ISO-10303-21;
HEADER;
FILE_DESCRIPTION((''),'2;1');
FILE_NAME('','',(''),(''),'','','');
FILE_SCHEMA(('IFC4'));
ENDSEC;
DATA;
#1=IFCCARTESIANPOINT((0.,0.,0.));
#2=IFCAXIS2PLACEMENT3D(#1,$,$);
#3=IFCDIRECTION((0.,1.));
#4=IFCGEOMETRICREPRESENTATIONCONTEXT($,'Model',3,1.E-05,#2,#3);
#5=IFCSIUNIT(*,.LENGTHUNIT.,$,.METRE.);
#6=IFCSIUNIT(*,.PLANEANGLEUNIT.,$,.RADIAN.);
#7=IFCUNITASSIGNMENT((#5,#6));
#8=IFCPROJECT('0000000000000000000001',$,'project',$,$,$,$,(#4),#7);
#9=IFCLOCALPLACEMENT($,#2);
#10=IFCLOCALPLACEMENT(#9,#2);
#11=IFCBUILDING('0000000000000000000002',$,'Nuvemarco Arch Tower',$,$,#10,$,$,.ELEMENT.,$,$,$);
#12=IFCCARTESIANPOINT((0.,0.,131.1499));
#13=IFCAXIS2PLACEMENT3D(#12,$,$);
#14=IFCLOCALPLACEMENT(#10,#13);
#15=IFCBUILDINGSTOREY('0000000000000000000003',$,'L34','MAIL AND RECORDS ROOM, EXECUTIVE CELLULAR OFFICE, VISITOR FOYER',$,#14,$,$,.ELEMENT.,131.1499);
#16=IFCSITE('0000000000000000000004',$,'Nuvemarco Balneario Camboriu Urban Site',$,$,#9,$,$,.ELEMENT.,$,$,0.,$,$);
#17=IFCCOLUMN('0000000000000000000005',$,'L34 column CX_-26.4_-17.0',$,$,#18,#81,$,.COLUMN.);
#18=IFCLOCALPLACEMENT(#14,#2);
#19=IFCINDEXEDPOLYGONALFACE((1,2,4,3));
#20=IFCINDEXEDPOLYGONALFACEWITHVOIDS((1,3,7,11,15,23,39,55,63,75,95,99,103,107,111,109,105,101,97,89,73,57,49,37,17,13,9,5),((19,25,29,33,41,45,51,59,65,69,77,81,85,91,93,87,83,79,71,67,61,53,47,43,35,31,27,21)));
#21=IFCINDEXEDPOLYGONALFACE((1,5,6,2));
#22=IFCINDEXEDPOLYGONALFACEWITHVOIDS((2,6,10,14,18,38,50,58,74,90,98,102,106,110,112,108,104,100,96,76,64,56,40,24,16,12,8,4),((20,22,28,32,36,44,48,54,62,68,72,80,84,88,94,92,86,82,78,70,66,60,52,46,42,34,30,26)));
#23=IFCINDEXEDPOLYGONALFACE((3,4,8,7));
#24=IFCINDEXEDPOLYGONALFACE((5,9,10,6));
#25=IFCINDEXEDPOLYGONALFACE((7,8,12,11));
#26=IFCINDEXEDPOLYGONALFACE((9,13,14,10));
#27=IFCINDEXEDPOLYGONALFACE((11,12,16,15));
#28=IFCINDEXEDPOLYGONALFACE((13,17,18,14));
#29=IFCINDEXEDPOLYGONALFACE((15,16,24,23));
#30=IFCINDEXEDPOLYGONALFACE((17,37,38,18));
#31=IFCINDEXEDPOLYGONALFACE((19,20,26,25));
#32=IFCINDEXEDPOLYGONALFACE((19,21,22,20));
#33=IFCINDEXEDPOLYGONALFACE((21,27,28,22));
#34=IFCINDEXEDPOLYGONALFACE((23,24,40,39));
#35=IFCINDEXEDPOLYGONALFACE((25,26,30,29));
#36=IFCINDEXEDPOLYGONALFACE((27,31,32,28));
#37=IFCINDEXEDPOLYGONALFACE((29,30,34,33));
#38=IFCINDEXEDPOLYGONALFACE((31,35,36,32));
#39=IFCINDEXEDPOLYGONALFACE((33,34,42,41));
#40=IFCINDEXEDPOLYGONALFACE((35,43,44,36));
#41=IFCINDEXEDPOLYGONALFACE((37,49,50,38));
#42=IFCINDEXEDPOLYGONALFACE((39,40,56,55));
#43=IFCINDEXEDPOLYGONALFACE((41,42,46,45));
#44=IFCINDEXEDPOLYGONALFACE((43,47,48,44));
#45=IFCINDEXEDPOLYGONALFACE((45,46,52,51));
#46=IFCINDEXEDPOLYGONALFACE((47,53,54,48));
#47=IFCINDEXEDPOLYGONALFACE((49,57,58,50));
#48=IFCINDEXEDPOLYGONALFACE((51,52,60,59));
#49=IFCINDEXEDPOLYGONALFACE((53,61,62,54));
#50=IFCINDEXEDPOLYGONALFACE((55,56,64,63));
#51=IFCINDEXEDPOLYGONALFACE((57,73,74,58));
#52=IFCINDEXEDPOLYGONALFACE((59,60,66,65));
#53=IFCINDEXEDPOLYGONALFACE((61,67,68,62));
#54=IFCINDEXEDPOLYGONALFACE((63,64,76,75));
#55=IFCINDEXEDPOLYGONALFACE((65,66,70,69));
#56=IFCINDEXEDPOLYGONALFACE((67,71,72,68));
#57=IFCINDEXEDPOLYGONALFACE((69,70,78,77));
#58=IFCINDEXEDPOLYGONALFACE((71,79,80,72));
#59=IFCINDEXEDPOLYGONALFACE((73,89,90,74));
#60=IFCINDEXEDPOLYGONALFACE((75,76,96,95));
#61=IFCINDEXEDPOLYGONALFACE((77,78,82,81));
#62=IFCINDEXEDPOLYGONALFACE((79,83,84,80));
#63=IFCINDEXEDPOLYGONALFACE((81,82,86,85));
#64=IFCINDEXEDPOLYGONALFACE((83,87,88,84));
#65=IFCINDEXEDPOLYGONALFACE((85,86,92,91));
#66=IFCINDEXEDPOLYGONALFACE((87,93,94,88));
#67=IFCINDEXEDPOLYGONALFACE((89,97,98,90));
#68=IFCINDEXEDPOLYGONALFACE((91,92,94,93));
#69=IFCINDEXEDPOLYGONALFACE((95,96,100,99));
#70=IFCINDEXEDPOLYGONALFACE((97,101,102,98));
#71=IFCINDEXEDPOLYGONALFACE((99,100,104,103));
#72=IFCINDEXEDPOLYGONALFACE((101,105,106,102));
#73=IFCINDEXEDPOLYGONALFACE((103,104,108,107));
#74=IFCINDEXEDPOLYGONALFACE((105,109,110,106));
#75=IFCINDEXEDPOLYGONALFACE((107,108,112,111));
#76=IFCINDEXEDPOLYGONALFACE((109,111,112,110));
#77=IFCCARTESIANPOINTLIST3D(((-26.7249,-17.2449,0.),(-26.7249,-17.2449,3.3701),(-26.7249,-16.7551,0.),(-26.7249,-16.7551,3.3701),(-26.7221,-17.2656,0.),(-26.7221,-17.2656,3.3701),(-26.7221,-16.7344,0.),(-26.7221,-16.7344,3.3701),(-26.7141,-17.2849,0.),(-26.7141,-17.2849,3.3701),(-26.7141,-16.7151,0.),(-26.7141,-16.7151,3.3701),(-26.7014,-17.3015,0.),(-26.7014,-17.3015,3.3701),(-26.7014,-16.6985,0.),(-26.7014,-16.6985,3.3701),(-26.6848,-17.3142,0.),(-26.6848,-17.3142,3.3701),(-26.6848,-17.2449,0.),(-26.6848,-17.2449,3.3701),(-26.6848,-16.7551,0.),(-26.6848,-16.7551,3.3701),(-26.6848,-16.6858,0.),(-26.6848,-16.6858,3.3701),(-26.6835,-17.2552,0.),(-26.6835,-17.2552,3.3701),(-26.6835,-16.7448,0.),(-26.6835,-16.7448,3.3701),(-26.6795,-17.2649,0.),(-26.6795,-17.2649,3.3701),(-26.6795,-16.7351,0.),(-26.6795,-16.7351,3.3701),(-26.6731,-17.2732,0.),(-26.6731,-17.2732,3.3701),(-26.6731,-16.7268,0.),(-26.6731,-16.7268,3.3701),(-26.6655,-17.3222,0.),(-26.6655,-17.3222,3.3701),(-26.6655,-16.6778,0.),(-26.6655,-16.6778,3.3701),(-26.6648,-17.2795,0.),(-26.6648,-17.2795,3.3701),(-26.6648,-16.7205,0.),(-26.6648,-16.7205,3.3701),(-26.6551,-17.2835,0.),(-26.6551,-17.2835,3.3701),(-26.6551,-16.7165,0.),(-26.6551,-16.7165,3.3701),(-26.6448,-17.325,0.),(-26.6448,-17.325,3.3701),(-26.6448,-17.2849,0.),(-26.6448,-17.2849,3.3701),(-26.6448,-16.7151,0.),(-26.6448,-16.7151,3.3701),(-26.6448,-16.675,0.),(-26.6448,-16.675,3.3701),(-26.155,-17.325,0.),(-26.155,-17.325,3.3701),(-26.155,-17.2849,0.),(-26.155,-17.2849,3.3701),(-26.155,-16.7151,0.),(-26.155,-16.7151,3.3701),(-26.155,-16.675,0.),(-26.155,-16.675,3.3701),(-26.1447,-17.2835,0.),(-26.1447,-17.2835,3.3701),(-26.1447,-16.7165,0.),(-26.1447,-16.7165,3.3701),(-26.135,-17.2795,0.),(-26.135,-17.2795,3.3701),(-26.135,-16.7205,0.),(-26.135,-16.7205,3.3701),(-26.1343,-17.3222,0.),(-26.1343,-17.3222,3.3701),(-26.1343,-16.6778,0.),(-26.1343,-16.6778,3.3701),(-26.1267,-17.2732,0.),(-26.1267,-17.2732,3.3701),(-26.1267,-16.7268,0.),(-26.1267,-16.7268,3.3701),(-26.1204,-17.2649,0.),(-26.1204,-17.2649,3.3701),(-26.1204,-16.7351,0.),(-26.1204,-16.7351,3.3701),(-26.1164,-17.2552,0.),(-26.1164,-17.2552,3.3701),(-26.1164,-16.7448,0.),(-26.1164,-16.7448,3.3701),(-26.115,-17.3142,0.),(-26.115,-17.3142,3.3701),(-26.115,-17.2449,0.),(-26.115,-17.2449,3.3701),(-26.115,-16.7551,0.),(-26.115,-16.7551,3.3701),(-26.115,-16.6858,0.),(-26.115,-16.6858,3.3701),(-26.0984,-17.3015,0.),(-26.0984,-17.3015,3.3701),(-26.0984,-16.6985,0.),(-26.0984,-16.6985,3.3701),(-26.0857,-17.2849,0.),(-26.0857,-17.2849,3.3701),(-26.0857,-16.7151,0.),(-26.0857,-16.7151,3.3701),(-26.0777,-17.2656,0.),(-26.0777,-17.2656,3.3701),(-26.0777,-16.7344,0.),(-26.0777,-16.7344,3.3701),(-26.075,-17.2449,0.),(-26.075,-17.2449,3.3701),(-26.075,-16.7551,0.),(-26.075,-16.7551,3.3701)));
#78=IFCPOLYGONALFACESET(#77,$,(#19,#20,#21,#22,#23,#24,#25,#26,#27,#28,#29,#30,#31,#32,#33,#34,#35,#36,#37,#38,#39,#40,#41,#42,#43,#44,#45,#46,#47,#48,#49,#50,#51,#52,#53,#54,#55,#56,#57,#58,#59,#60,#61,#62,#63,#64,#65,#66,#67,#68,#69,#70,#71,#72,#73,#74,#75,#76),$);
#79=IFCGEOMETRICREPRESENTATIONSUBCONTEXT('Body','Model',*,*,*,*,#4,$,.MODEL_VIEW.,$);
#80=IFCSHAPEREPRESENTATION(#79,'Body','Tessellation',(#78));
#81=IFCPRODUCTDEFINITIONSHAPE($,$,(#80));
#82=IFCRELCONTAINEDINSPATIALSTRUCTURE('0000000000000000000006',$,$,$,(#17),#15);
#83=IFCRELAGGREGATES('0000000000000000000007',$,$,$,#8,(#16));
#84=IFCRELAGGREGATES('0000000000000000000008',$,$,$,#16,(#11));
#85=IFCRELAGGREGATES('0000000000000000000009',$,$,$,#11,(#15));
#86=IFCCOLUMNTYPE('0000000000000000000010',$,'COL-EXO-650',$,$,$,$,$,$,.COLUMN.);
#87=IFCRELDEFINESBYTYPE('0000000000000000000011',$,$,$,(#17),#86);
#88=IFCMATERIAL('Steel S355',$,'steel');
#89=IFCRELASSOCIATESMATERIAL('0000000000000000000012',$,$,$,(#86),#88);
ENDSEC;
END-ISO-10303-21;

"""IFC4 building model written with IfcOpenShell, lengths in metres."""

from ifc_helpers import new_model, si_unit, direction, frame, origin, origin_2d, place, context, subcontext, project, spatial, hollow_rectangle, extrude, material, material_profile, profile_set, type_object, element, save


model = new_model("IFC4")

# Units and contexts
model_context = context("Model", 3, precision=1e-05, world=origin(), true_north=direction((0.0, 1.0)))
body_context = subcontext(model_context, "Body", "Model", "MODEL_VIEW")
ifc_project = project(units=[si_unit("LENGTHUNIT", "METRE"), si_unit("PLANEANGLEUNIT", "RADIAN")], contexts=[model_context])

# Site, building, storey
site_placement = place(None, origin())
site = spatial("IfcSite", under=ifc_project, at=site_placement, Name="Nuvemarco Balneario Camboriu Urban Site", CompositionType="ELEMENT", RefElevation=0.0)
building_placement = place(site_placement, origin())
building = spatial("IfcBuilding", under=site, at=building_placement, Name="Nuvemarco Arch Tower", CompositionType="ELEMENT")
storey_placement = place(building_placement, frame((0.0, 0.0, 131.1499)))
storey = spatial("IfcBuildingStorey", under=building, at=storey_placement, Name="L34", Description="MAIL AND RECORDS ROOM, EXECUTIVE CELLULAR OFFICE, VISITOR FOYER", CompositionType="ELEMENT", Elevation=131.1499)

# Column
ifc_material_1 = material(Name="Steel S355", Category="steel")
ifc_material_profile = material_profile(ifc_material_1, hollow_rectangle(XDim=0.6499, YDim=0.6499, WallThickness=0.04, InnerFilletRadius=0.04, OuterFilletRadius=0.0801, at=origin_2d()), Name="SHS650x650x40")
ifc_profile_set = profile_set([ifc_material_profile], Name="Steel S355")
column_type = type_object("IfcColumnType", Name="COL-EXO-650", PredefinedType="COLUMN", material=ifc_profile_set)
column_placement = place(storey_placement, frame((-26.3999, -17.0, 0.0), z_axis=(0.0, 0.0, 1.0), x_axis=(1.0, 0.0, 0.0)))
element("IfcColumn", 1, at=column_placement, inside=storey, type_object=column_type, Name="L34 column CX_-26.4_-17.0", PredefinedType="COLUMN", context=body_context, shape_type="SweptSolid", body=[
    extrude(hollow_rectangle(XDim=0.6499, YDim=0.6499, WallThickness=0.04, InnerFilletRadius=0.04, OuterFilletRadius=0.0801, at=origin_2d()), origin(), (0.0, 0.0, 1.0), 3.3701),
])

save(model, "model.ifc")
